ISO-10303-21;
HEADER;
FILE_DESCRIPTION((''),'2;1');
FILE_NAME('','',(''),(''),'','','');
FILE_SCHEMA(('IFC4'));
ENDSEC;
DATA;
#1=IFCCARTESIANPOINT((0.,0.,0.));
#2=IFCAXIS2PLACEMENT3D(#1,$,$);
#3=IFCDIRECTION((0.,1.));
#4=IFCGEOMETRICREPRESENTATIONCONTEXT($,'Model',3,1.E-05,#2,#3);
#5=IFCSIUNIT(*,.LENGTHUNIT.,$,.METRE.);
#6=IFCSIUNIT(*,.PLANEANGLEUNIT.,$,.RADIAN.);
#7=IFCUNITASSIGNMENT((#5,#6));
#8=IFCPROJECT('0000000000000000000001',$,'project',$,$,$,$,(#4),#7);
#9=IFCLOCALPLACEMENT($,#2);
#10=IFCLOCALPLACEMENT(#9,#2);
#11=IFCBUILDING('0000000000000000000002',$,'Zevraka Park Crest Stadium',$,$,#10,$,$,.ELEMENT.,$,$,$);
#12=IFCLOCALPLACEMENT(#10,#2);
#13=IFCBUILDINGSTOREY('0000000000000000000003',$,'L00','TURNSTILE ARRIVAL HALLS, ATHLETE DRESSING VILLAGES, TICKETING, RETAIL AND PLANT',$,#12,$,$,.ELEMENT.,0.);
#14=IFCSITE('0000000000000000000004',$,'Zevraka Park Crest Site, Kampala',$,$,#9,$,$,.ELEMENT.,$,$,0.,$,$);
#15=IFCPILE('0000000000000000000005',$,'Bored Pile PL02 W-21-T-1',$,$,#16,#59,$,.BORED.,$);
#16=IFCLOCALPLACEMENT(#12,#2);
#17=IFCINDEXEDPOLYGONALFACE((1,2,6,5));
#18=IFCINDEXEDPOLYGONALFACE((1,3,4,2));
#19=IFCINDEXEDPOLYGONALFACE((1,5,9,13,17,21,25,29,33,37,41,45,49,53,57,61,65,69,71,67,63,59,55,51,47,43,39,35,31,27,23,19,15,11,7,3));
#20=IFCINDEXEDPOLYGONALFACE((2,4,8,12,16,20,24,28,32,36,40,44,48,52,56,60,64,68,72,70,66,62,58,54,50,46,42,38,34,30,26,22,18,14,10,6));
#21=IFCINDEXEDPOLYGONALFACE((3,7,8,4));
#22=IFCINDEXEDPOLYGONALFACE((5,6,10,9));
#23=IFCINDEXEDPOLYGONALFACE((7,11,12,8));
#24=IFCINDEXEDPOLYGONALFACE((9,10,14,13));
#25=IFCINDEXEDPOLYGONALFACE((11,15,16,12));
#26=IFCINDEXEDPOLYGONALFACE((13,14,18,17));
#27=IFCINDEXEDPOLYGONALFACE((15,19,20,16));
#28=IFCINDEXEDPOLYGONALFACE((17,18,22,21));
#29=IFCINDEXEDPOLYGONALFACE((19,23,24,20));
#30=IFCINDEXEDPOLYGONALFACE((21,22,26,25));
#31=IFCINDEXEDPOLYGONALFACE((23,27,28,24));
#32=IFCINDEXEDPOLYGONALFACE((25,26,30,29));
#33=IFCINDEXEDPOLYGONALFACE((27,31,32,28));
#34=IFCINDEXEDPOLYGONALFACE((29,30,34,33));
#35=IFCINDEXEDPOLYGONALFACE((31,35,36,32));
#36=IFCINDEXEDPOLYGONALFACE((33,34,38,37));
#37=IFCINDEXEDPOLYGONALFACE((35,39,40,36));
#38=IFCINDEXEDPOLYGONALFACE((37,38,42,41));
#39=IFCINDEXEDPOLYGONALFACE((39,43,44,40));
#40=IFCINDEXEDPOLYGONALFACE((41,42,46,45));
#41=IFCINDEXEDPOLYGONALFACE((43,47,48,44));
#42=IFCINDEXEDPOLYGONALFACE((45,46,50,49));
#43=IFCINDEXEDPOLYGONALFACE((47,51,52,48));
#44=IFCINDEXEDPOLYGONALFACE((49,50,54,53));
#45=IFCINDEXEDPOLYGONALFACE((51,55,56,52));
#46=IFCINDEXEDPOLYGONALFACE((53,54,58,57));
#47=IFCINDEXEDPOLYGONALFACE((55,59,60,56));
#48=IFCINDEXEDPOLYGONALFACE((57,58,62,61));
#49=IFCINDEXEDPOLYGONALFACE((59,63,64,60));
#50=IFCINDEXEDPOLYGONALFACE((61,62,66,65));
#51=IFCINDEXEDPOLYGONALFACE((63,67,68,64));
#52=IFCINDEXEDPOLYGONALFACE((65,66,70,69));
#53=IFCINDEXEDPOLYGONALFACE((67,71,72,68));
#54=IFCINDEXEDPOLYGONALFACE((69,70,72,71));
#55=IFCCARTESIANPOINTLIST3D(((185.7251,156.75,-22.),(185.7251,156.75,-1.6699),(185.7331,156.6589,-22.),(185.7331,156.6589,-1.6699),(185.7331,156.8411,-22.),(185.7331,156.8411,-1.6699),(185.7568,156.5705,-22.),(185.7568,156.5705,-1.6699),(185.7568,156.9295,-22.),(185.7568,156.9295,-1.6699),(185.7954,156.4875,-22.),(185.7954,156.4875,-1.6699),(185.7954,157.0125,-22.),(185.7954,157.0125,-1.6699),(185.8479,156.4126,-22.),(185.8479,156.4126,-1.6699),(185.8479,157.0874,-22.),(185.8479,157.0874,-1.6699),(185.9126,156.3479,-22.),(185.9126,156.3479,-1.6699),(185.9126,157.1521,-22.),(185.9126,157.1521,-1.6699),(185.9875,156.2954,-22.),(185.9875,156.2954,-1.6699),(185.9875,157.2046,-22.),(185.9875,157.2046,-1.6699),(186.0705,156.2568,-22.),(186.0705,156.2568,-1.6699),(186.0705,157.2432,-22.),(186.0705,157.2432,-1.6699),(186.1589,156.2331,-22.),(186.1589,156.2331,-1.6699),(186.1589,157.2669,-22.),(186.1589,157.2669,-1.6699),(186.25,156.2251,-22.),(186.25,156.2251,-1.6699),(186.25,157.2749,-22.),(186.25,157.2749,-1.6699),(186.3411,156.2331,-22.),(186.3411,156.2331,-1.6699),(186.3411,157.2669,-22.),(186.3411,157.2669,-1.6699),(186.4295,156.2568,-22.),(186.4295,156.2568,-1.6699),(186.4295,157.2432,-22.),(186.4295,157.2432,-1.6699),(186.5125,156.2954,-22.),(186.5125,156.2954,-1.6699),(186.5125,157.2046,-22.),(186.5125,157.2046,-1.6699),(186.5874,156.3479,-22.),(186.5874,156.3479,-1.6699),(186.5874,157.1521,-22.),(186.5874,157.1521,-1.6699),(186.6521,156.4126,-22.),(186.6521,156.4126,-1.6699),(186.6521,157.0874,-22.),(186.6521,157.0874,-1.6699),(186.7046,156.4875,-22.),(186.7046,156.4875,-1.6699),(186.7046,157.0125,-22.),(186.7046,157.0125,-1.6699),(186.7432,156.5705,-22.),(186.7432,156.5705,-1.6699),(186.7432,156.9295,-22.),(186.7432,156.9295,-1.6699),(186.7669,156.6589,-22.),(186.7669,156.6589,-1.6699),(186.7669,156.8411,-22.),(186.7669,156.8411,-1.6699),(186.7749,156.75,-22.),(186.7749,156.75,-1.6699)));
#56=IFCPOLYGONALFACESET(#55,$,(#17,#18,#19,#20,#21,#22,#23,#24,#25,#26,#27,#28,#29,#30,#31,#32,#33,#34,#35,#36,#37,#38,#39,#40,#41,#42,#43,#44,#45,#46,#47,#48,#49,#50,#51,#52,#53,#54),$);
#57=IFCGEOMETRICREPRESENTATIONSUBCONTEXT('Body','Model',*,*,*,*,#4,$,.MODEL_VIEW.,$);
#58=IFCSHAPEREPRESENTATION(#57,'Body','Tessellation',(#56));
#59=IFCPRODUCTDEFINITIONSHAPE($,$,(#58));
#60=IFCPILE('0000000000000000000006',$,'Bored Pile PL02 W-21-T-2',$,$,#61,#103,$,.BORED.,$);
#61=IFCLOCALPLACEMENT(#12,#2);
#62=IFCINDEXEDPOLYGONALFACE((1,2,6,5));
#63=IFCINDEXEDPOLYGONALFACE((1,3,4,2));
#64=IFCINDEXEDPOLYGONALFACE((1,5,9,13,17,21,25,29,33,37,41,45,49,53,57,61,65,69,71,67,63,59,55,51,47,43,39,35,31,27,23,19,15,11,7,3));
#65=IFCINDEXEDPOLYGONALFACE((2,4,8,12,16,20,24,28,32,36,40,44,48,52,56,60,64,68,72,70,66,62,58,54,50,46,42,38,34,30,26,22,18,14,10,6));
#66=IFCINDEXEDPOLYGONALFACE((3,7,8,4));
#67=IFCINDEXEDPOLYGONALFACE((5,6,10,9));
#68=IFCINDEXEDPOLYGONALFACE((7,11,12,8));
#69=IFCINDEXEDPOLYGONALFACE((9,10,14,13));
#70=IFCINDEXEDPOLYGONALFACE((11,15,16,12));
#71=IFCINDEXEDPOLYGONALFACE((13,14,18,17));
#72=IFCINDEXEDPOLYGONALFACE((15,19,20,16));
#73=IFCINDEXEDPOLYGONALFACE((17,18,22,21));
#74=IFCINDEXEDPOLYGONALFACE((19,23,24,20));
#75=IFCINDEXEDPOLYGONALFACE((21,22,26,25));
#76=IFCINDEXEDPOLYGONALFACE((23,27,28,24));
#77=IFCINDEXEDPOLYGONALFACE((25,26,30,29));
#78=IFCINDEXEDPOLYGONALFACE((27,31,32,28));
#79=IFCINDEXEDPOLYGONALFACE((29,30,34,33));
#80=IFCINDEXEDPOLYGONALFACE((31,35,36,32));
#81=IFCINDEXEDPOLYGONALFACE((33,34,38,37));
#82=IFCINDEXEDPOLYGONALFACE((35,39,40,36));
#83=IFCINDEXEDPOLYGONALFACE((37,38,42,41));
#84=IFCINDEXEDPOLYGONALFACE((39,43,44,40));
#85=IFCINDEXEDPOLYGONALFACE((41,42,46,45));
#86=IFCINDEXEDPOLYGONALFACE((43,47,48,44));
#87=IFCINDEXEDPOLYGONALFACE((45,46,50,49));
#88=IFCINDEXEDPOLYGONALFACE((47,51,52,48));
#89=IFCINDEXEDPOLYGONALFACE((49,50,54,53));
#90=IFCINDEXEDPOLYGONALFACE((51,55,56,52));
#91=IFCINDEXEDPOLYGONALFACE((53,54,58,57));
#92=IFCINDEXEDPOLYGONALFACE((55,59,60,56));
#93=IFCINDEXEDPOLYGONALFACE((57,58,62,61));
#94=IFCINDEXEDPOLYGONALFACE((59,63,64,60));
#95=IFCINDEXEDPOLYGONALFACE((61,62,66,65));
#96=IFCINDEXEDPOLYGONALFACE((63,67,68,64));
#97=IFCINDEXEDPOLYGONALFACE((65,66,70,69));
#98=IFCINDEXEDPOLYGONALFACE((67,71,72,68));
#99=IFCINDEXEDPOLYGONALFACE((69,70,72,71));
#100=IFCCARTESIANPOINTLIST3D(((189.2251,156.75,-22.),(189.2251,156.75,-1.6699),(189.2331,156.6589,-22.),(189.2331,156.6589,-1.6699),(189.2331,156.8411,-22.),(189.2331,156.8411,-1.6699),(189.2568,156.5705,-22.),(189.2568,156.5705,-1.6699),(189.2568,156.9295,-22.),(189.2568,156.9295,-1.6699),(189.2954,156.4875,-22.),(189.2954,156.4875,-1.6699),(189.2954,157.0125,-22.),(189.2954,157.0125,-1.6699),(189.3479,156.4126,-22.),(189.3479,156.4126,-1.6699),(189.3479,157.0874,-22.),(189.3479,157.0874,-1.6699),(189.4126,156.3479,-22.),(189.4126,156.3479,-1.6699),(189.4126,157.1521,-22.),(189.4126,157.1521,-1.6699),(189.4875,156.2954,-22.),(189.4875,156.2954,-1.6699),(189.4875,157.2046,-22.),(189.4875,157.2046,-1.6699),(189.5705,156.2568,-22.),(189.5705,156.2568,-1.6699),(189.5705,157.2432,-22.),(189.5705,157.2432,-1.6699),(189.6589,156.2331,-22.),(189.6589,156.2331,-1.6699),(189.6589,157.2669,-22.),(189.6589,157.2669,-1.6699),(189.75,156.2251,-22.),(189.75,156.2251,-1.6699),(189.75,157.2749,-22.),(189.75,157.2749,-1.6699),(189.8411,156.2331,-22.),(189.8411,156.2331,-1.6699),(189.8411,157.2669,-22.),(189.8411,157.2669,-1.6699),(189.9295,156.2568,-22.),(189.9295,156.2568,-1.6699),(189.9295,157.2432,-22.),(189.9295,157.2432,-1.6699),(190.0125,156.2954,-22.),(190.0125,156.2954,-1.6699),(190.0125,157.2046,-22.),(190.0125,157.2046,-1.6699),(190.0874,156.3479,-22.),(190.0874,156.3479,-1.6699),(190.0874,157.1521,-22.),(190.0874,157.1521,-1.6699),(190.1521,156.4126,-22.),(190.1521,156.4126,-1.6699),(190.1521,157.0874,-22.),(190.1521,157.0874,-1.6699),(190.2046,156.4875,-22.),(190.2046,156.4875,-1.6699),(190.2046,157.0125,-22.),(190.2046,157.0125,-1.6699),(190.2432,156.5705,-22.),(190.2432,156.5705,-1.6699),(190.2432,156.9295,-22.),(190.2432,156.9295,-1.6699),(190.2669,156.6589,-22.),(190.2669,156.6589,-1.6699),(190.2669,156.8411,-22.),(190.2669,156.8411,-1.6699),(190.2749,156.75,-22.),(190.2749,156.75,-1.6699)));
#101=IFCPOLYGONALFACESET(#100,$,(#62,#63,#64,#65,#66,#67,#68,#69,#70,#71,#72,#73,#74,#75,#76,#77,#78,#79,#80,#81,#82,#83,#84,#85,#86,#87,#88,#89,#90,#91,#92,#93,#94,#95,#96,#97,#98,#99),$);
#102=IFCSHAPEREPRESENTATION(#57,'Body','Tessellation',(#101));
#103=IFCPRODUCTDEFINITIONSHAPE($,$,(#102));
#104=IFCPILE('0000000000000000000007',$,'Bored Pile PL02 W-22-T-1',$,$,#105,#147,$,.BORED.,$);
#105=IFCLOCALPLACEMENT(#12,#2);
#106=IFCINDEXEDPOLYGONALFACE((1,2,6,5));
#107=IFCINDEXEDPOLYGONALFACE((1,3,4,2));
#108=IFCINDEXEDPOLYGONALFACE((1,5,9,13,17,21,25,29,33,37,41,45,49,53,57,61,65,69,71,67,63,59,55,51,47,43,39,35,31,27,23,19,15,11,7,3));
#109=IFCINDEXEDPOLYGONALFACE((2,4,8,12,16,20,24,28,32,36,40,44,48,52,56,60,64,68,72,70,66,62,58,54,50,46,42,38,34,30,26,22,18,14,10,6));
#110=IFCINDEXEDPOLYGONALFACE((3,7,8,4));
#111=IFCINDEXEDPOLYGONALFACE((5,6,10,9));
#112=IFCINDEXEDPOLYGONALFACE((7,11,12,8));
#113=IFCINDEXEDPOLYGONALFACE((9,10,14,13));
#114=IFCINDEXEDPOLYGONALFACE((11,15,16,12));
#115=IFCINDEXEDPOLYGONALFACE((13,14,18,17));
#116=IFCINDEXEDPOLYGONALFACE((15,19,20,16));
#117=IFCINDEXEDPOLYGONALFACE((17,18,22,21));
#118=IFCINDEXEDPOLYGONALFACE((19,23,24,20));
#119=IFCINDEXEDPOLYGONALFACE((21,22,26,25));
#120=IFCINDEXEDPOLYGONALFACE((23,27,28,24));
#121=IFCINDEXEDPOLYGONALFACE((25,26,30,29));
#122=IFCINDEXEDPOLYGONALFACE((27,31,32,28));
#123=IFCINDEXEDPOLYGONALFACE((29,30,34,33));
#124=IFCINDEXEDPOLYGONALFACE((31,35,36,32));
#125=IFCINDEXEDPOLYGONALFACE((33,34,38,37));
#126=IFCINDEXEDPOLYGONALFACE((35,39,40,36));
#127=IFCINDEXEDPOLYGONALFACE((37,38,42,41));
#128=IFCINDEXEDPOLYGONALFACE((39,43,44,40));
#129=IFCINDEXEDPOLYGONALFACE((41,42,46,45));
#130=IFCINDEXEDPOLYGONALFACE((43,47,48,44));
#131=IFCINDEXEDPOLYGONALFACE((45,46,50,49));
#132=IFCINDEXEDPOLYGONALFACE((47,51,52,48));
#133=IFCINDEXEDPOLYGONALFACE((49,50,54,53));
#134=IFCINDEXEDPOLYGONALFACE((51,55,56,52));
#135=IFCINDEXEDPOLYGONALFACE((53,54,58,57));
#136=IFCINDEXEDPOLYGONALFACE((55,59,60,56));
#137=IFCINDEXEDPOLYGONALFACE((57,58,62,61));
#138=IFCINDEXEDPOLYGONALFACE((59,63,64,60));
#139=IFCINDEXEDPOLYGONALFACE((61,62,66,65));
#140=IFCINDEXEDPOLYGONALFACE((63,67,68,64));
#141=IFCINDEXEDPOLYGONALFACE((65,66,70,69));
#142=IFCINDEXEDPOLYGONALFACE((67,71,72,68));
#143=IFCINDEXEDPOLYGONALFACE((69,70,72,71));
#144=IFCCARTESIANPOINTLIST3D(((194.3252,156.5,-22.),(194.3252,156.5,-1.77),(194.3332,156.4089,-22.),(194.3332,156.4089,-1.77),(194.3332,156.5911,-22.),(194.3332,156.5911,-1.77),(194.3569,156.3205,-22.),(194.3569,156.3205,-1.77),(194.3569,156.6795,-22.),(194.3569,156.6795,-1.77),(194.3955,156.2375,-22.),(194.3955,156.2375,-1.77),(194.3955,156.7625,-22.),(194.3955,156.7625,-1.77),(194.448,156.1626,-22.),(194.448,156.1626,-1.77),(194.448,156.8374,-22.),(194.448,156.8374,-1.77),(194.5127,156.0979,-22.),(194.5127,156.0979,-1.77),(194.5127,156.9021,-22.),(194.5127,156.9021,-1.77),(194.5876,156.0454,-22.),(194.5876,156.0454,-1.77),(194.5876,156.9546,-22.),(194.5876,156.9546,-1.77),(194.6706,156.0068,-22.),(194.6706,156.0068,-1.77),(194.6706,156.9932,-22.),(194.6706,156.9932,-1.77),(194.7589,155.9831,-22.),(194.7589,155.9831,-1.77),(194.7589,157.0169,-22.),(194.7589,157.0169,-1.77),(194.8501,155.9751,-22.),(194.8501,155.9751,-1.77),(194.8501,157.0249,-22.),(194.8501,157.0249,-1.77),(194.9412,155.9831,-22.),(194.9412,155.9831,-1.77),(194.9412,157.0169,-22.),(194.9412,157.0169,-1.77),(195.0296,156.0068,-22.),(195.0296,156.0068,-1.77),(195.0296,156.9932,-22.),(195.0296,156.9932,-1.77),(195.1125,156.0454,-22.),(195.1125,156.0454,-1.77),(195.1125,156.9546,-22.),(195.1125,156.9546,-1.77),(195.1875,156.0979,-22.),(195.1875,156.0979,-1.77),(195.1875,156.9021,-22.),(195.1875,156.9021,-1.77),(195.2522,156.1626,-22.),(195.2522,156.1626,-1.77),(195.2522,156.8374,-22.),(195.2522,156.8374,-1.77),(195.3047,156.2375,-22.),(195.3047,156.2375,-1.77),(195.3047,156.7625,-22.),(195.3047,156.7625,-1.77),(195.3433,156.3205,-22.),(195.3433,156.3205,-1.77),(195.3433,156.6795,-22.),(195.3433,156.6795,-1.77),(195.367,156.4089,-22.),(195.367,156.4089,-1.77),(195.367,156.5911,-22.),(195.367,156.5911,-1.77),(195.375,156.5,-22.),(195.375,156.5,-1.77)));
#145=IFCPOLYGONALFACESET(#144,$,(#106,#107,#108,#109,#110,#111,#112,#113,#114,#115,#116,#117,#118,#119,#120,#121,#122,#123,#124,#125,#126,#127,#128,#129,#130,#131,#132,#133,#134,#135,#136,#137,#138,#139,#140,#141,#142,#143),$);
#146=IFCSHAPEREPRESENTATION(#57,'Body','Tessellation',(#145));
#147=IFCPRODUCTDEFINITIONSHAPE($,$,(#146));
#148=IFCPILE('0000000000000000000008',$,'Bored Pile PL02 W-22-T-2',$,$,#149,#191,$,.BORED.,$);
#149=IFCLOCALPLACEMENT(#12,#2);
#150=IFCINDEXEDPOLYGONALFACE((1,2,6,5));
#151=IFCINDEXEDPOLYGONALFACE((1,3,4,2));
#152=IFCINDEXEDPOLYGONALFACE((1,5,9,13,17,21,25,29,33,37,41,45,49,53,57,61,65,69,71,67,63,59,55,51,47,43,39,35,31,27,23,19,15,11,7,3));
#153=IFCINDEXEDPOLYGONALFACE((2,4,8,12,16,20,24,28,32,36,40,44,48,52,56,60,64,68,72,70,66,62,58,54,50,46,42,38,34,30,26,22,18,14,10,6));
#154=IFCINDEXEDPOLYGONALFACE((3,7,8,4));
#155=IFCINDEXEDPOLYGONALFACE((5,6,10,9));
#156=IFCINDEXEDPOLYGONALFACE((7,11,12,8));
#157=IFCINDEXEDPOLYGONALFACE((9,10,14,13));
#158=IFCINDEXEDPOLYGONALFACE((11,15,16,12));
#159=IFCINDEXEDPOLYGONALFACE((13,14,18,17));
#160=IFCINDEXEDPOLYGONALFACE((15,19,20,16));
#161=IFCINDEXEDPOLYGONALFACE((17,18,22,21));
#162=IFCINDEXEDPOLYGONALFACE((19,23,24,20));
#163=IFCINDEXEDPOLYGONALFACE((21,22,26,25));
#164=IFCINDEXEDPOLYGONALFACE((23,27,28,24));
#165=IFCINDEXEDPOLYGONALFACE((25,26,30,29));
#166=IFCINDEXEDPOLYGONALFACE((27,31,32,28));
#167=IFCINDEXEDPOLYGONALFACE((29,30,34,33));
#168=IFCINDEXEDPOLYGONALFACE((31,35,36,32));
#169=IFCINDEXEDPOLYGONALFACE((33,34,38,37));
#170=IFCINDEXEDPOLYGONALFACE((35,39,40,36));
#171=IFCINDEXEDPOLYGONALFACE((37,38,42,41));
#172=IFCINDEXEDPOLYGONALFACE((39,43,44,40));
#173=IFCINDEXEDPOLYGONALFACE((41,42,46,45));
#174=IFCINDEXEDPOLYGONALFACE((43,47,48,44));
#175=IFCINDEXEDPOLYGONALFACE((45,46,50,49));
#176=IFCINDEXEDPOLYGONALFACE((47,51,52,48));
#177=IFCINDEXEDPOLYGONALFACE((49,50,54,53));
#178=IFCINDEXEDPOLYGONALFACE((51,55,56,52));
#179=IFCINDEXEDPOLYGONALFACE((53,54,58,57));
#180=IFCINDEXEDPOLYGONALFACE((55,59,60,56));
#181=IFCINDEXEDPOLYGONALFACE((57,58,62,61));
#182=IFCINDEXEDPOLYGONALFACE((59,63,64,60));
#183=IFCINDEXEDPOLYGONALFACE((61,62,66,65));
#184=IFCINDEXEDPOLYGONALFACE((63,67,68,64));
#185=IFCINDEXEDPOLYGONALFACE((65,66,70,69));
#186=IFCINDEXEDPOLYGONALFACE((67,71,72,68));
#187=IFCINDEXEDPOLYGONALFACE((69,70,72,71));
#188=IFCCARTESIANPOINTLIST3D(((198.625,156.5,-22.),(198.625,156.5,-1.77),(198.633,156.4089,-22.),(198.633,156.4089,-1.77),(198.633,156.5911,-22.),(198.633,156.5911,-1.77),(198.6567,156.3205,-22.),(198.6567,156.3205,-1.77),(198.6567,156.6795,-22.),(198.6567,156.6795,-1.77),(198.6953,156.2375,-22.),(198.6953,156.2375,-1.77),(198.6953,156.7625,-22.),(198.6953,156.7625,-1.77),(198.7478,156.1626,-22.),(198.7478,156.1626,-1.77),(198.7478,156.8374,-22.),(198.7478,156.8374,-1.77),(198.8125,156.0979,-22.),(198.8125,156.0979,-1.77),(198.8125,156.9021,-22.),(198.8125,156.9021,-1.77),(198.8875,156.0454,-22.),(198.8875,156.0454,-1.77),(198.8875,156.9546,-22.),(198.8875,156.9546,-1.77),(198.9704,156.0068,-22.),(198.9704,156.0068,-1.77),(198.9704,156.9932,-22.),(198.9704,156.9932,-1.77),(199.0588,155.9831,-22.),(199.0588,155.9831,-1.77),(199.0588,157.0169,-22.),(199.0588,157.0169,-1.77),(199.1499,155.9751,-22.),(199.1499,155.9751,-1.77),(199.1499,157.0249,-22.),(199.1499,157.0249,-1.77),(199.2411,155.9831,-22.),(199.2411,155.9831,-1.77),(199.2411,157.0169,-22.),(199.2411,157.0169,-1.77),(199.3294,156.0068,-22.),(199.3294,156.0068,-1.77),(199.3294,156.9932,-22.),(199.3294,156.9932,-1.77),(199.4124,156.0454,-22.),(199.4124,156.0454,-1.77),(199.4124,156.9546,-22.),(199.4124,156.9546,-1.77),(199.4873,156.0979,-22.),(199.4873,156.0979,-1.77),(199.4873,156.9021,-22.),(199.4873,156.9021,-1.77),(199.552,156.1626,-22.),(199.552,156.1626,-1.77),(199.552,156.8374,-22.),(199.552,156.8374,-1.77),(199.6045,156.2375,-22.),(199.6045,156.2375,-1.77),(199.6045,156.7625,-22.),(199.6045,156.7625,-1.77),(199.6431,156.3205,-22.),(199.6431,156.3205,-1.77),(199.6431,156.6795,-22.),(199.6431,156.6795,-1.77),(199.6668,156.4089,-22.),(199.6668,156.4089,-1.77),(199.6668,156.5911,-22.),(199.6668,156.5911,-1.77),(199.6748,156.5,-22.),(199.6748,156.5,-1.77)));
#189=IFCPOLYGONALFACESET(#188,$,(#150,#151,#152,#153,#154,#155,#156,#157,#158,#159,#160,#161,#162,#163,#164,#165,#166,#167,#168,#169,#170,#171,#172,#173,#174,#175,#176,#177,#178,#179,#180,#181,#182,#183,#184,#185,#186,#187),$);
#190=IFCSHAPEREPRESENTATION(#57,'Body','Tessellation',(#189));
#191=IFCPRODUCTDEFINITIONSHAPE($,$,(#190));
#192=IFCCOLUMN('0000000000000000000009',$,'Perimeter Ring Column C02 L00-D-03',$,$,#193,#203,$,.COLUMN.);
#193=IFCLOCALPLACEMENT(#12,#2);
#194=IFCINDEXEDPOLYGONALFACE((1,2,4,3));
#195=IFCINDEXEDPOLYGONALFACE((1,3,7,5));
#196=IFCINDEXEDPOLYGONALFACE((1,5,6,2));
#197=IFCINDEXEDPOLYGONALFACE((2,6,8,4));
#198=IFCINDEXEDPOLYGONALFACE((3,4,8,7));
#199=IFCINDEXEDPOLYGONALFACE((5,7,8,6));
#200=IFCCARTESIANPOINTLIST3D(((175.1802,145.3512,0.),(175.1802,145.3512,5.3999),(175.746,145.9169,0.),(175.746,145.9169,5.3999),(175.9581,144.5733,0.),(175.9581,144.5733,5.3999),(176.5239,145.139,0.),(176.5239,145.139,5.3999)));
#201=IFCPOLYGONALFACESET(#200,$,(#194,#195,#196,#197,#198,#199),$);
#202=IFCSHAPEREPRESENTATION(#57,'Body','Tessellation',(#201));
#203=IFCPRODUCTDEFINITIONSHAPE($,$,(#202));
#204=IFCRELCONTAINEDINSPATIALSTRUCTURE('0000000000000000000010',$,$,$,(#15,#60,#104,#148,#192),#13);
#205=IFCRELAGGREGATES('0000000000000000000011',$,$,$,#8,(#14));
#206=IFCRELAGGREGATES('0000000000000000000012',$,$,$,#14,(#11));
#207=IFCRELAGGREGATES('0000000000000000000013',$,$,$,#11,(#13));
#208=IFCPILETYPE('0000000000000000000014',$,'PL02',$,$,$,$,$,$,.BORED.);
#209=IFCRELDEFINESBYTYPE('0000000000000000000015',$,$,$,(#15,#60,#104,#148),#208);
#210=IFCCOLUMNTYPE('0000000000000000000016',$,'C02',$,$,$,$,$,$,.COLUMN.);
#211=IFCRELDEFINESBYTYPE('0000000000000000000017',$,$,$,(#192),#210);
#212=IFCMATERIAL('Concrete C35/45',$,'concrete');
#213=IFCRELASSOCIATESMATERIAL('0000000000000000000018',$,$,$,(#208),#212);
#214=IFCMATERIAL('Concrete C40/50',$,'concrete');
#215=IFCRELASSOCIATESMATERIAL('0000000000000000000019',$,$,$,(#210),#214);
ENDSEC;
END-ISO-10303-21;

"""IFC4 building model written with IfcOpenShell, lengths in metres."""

from ifc_helpers import new_model, si_unit, direction, frame, origin, origin_2d, place, context, subcontext, project, spatial, rectangle, circle, extrude, material, material_profile, profile_set, type_object, element, save


model = new_model("IFC4")

# Units and contexts
model_context = context("Model", 3, precision=1e-05, world=origin(), true_north=direction((0.0, 1.0)))
body_context = subcontext(model_context, "Body", "Model", "MODEL_VIEW")
ifc_project = project(units=[si_unit("LENGTHUNIT", "METRE"), si_unit("PLANEANGLEUNIT", "RADIAN")], contexts=[model_context])

# Site, building, storey
site_placement = place(None, origin())
site = spatial("IfcSite", under=ifc_project, at=site_placement, Name="Zevraka Park Crest Site, Kampala", CompositionType="ELEMENT", RefElevation=0.0)
building_placement = place(site_placement, origin())
building = spatial("IfcBuilding", under=site, at=building_placement, Name="Zevraka Park Crest Stadium", CompositionType="ELEMENT")
storey_placement = place(building_placement, origin())
storey = spatial("IfcBuildingStorey", under=building, at=storey_placement, Name="L00", Description="TURNSTILE ARRIVAL HALLS, ATHLETE DRESSING VILLAGES, TICKETING, RETAIL AND PLANT", CompositionType="ELEMENT", Elevation=0.0)

# Piles
ifc_material_1 = material(Name="Concrete C35/45", Category="concrete")
ifc_material_profile_1 = material_profile(ifc_material_1, circle(Radius=0.5249, at=origin_2d()), Name="PILE D1050")
ifc_profile_set_1 = profile_set([ifc_material_profile_1], Name="Concrete C35/45")
pile_type_1 = type_object("IfcPileType", Name="PL02", PredefinedType="BORED", material=ifc_profile_set_1)
for number, where, z_axis, x_axis, name in (
    (1, (186.25, 156.75, -1.6699), (0.0, 0.0, -1.0), (1.0, 0.0, 0.0), "Bored Pile PL02 W-21-T-1"),
    (2, (189.75, 156.75, -1.6699), (0.0, 0.0, -1.0), (1.0, 0.0, 0.0), "Bored Pile PL02 W-21-T-2"),
):
    element("IfcPile", number, at=place(storey_placement, frame(where, z_axis=z_axis, x_axis=x_axis)), inside=storey, type_object=pile_type_1, Name=name, PredefinedType="BORED", context=body_context, shape_type="SweptSolid", body=[
        extrude(circle(Radius=0.5249, at=origin_2d()), origin(), (0.0, 0.0, 1.0), 20.3301),
    ])
for number, where, z_axis, x_axis, name in (
    (3, (194.8501, 156.5, -1.77), (0.0, 0.0, -1.0), (1.0, 0.0, 0.0), "Bored Pile PL02 W-22-T-1"),
    (4, (199.1499, 156.5, -1.77), (0.0, 0.0, -1.0), (1.0, 0.0, 0.0), "Bored Pile PL02 W-22-T-2"),
):
    element("IfcPile", number, at=place(storey_placement, frame(where, z_axis=z_axis, x_axis=x_axis)), inside=storey, type_object=pile_type_1, Name=name, PredefinedType="BORED", context=body_context, shape_type="SweptSolid", body=[
        extrude(circle(Radius=0.5249, at=origin_2d()), origin(), (0.0, 0.0, 1.0), 20.23),
    ])

# Column
ifc_material_2 = material(Name="Concrete C40/50", Category="concrete")
ifc_material_profile_2 = material_profile(ifc_material_2, rectangle(XDim=0.8, YDim=1.1001, at=origin_2d()), Name="RC 1100x800")
ifc_profile_set_2 = profile_set([ifc_material_profile_2], Name="Concrete C40/50")
column_type_1 = type_object("IfcColumnType", Name="C02", PredefinedType="COLUMN", material=ifc_profile_set_2)
column_1_placement = place(storey_placement, frame((175.8521, 145.2451, 0.0), z_axis=(0.0, 0.0, 1.0), x_axis=(0.707107, 0.707107, 0.0)))
element("IfcColumn", 5, at=column_1_placement, inside=storey, type_object=column_type_1, Name="Perimeter Ring Column C02 L00-D-03", PredefinedType="COLUMN", context=body_context, shape_type="SweptSolid", body=[
    extrude(rectangle(XDim=0.8, YDim=1.1001, at=origin_2d()), origin(), (0.0, 0.0, 1.0), 5.3999),
])

save(model, "model.ifc")
